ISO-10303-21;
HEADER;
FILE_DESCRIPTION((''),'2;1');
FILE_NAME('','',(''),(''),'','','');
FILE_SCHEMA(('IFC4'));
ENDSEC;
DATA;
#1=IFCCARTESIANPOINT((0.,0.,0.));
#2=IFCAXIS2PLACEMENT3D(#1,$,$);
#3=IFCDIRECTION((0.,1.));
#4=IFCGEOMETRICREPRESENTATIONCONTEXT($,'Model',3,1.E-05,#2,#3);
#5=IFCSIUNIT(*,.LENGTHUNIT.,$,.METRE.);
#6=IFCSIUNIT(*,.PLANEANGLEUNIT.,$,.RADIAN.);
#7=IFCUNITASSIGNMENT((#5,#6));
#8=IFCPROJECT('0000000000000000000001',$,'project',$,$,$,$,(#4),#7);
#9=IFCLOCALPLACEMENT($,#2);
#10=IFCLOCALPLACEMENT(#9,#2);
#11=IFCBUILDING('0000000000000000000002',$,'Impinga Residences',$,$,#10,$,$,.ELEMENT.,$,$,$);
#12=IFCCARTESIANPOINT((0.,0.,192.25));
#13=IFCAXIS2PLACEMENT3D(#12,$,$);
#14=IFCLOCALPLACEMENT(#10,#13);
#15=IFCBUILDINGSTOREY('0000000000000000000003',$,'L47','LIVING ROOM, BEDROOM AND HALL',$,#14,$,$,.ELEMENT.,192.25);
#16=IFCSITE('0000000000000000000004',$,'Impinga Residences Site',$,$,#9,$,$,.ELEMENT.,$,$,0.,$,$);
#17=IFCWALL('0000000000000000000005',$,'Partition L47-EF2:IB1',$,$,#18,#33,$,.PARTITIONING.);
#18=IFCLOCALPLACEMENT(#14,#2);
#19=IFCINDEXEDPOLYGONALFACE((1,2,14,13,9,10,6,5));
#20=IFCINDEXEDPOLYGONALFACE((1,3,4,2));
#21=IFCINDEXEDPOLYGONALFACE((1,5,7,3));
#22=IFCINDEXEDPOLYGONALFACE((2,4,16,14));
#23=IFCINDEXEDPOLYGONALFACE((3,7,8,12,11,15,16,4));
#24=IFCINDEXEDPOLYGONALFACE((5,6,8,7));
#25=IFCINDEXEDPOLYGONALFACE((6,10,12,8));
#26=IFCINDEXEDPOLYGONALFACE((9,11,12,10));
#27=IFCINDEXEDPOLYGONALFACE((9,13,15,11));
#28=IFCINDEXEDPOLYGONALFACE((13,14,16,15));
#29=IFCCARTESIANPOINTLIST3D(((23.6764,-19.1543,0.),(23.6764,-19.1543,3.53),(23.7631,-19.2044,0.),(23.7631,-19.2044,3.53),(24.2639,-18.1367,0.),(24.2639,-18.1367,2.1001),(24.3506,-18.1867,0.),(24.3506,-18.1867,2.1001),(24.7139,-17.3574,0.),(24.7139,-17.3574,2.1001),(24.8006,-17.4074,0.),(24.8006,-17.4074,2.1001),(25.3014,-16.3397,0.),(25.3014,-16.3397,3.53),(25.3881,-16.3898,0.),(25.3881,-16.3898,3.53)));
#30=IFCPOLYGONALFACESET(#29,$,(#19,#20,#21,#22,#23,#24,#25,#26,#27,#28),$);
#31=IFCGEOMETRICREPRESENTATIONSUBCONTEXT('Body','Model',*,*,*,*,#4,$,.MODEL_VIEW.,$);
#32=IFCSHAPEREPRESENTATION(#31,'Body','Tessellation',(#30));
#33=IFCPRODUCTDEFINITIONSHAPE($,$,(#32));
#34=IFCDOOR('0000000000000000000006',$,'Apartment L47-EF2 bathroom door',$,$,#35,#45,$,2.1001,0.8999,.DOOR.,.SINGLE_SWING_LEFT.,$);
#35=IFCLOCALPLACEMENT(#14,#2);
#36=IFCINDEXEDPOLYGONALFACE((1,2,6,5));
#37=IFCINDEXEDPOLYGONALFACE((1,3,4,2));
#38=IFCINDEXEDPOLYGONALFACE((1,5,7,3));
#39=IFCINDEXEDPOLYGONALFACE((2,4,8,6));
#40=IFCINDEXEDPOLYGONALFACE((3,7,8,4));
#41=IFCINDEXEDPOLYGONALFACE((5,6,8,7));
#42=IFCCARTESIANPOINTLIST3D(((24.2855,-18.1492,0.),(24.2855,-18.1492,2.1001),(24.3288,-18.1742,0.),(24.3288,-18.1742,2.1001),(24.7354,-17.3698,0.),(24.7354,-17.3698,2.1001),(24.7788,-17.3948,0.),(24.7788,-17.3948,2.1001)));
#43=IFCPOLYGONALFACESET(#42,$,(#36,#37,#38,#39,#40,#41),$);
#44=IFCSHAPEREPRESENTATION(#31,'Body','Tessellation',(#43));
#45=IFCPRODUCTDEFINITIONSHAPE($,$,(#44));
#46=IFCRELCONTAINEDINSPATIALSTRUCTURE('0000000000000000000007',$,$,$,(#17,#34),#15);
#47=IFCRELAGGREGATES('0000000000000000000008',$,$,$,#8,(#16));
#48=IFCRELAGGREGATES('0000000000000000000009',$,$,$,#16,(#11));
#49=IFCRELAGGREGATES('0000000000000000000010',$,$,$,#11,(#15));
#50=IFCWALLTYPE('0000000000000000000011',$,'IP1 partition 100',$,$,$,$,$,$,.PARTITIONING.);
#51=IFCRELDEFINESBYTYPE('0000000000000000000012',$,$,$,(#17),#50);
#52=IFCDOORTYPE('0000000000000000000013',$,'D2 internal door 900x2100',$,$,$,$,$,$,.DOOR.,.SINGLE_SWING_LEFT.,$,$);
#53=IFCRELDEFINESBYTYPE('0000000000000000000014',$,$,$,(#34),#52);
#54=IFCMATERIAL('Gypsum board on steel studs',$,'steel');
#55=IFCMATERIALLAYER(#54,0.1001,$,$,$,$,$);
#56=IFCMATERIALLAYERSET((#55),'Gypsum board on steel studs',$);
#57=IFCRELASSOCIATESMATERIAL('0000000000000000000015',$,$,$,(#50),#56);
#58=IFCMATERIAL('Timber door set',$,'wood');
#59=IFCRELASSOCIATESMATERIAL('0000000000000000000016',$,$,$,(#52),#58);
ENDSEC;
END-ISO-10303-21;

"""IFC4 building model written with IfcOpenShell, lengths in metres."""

from ifc_helpers import new_model, si_unit, direction, frame, frame_2d, origin, place, context, subcontext, project, spatial, rectangle, extrude, material, layer, layer_set, type_object, element, fill, save


model = new_model("IFC4")

# Units and contexts
model_context = context("Model", 3, precision=1e-05, world=origin(), true_north=direction((0.0, 1.0)))
body_context = subcontext(model_context, "Body", "Model", "MODEL_VIEW")
ifc_project = project(units=[si_unit("LENGTHUNIT", "METRE"), si_unit("PLANEANGLEUNIT", "RADIAN")], contexts=[model_context])

# Site, building, storey
site_placement = place(None, origin())
site = spatial("IfcSite", under=ifc_project, at=site_placement, Name="Impinga Residences Site", CompositionType="ELEMENT", RefElevation=0.0)
building_placement = place(site_placement, origin())
building = spatial("IfcBuilding", under=site, at=building_placement, Name="Impinga Residences", CompositionType="ELEMENT")
storey_placement = place(building_placement, frame((0.0, 0.0, 192.25)))
storey = spatial("IfcBuildingStorey", under=building, at=storey_placement, Name="L47", Description="LIVING ROOM, BEDROOM AND HALL", CompositionType="ELEMENT", Elevation=192.25)

# Shared definitions
ifc_material_1 = material(Name="Timber door set", Category="wood")

# Shared definitions
ifc_material_2 = material(Name="Gypsum board on steel studs", Category="steel")
ifc_layer_1 = layer(ifc_material_2, 0.1001)
ifc_layer_set_1 = layer_set([ifc_layer_1], Name="Gypsum board on steel studs")
wall_type_1 = type_object("IfcWallType", Name="IP1 partition 100", PredefinedType="PARTITIONING", material=ifc_layer_set_1)

# Shared definitions
door_type_1 = type_object("IfcDoorType", Name="D2 internal door 900x2100", OperationType="SINGLE_SWING_LEFT", PredefinedType="DOOR", material=ifc_material_1)

# Wall, opening, door
wall_1_placement = place(storey_placement, frame((25.3447, -16.3647, 0.0), z_axis=(0.0, 0.0, 1.0), x_axis=(-0.499985, -0.866034, 0.0)))
wall_1 = element("IfcWall", 1, at=wall_1_placement, inside=storey, type_object=wall_type_1, Name="Partition L47-EF2:IB1", PredefinedType="PARTITIONING", context=body_context, shape_type="SweptSolid", body=[
    extrude(rectangle(XDim=3.25, YDim=0.1001, at=frame_2d((1.625, 0.0))), origin(), (0.0, 0.0, 1.0), 3.53),
])
opening_1_placement = place(wall_1_placement, frame((1.175, 0.0, 0.0)))
opening_1 = element("IfcOpeningElement", 2, at=opening_1_placement, cuts=wall_1, PredefinedType="OPENING", context=body_context, shape_type="SweptSolid", body=[
    extrude(rectangle(XDim=0.8999, YDim=2.1001, at=frame_2d((0.45, 1.05))), frame((0.0, 0.0601, 0.0), z_axis=(0.0, -1.0, 0.0), x_axis=(1.0, 0.0, 0.0)), (0.0, 0.0, 1.0), 0.1201),
])
door_1_placement = place(opening_1_placement, origin())
door_1 = element("IfcDoor", 3, at=door_1_placement, inside=storey, type_object=door_type_1, Name="Apartment L47-EF2 bathroom door", OperationType="SINGLE_SWING_LEFT", OverallHeight=2.1001, OverallWidth=0.8999, PredefinedType="DOOR", context=body_context, shape_type="SweptSolid", body=[
    extrude(rectangle(XDim=0.8999, YDim=2.1001, at=frame_2d((0.45, 1.05))), frame((0.0, 0.0249, 0.0), z_axis=(0.0, -1.0, 0.0), x_axis=(1.0, 0.0, 0.0)), (0.0, 0.0, 1.0), 0.05),
])
fill(opening_1, door_1)

save(model, "model.ifc")
